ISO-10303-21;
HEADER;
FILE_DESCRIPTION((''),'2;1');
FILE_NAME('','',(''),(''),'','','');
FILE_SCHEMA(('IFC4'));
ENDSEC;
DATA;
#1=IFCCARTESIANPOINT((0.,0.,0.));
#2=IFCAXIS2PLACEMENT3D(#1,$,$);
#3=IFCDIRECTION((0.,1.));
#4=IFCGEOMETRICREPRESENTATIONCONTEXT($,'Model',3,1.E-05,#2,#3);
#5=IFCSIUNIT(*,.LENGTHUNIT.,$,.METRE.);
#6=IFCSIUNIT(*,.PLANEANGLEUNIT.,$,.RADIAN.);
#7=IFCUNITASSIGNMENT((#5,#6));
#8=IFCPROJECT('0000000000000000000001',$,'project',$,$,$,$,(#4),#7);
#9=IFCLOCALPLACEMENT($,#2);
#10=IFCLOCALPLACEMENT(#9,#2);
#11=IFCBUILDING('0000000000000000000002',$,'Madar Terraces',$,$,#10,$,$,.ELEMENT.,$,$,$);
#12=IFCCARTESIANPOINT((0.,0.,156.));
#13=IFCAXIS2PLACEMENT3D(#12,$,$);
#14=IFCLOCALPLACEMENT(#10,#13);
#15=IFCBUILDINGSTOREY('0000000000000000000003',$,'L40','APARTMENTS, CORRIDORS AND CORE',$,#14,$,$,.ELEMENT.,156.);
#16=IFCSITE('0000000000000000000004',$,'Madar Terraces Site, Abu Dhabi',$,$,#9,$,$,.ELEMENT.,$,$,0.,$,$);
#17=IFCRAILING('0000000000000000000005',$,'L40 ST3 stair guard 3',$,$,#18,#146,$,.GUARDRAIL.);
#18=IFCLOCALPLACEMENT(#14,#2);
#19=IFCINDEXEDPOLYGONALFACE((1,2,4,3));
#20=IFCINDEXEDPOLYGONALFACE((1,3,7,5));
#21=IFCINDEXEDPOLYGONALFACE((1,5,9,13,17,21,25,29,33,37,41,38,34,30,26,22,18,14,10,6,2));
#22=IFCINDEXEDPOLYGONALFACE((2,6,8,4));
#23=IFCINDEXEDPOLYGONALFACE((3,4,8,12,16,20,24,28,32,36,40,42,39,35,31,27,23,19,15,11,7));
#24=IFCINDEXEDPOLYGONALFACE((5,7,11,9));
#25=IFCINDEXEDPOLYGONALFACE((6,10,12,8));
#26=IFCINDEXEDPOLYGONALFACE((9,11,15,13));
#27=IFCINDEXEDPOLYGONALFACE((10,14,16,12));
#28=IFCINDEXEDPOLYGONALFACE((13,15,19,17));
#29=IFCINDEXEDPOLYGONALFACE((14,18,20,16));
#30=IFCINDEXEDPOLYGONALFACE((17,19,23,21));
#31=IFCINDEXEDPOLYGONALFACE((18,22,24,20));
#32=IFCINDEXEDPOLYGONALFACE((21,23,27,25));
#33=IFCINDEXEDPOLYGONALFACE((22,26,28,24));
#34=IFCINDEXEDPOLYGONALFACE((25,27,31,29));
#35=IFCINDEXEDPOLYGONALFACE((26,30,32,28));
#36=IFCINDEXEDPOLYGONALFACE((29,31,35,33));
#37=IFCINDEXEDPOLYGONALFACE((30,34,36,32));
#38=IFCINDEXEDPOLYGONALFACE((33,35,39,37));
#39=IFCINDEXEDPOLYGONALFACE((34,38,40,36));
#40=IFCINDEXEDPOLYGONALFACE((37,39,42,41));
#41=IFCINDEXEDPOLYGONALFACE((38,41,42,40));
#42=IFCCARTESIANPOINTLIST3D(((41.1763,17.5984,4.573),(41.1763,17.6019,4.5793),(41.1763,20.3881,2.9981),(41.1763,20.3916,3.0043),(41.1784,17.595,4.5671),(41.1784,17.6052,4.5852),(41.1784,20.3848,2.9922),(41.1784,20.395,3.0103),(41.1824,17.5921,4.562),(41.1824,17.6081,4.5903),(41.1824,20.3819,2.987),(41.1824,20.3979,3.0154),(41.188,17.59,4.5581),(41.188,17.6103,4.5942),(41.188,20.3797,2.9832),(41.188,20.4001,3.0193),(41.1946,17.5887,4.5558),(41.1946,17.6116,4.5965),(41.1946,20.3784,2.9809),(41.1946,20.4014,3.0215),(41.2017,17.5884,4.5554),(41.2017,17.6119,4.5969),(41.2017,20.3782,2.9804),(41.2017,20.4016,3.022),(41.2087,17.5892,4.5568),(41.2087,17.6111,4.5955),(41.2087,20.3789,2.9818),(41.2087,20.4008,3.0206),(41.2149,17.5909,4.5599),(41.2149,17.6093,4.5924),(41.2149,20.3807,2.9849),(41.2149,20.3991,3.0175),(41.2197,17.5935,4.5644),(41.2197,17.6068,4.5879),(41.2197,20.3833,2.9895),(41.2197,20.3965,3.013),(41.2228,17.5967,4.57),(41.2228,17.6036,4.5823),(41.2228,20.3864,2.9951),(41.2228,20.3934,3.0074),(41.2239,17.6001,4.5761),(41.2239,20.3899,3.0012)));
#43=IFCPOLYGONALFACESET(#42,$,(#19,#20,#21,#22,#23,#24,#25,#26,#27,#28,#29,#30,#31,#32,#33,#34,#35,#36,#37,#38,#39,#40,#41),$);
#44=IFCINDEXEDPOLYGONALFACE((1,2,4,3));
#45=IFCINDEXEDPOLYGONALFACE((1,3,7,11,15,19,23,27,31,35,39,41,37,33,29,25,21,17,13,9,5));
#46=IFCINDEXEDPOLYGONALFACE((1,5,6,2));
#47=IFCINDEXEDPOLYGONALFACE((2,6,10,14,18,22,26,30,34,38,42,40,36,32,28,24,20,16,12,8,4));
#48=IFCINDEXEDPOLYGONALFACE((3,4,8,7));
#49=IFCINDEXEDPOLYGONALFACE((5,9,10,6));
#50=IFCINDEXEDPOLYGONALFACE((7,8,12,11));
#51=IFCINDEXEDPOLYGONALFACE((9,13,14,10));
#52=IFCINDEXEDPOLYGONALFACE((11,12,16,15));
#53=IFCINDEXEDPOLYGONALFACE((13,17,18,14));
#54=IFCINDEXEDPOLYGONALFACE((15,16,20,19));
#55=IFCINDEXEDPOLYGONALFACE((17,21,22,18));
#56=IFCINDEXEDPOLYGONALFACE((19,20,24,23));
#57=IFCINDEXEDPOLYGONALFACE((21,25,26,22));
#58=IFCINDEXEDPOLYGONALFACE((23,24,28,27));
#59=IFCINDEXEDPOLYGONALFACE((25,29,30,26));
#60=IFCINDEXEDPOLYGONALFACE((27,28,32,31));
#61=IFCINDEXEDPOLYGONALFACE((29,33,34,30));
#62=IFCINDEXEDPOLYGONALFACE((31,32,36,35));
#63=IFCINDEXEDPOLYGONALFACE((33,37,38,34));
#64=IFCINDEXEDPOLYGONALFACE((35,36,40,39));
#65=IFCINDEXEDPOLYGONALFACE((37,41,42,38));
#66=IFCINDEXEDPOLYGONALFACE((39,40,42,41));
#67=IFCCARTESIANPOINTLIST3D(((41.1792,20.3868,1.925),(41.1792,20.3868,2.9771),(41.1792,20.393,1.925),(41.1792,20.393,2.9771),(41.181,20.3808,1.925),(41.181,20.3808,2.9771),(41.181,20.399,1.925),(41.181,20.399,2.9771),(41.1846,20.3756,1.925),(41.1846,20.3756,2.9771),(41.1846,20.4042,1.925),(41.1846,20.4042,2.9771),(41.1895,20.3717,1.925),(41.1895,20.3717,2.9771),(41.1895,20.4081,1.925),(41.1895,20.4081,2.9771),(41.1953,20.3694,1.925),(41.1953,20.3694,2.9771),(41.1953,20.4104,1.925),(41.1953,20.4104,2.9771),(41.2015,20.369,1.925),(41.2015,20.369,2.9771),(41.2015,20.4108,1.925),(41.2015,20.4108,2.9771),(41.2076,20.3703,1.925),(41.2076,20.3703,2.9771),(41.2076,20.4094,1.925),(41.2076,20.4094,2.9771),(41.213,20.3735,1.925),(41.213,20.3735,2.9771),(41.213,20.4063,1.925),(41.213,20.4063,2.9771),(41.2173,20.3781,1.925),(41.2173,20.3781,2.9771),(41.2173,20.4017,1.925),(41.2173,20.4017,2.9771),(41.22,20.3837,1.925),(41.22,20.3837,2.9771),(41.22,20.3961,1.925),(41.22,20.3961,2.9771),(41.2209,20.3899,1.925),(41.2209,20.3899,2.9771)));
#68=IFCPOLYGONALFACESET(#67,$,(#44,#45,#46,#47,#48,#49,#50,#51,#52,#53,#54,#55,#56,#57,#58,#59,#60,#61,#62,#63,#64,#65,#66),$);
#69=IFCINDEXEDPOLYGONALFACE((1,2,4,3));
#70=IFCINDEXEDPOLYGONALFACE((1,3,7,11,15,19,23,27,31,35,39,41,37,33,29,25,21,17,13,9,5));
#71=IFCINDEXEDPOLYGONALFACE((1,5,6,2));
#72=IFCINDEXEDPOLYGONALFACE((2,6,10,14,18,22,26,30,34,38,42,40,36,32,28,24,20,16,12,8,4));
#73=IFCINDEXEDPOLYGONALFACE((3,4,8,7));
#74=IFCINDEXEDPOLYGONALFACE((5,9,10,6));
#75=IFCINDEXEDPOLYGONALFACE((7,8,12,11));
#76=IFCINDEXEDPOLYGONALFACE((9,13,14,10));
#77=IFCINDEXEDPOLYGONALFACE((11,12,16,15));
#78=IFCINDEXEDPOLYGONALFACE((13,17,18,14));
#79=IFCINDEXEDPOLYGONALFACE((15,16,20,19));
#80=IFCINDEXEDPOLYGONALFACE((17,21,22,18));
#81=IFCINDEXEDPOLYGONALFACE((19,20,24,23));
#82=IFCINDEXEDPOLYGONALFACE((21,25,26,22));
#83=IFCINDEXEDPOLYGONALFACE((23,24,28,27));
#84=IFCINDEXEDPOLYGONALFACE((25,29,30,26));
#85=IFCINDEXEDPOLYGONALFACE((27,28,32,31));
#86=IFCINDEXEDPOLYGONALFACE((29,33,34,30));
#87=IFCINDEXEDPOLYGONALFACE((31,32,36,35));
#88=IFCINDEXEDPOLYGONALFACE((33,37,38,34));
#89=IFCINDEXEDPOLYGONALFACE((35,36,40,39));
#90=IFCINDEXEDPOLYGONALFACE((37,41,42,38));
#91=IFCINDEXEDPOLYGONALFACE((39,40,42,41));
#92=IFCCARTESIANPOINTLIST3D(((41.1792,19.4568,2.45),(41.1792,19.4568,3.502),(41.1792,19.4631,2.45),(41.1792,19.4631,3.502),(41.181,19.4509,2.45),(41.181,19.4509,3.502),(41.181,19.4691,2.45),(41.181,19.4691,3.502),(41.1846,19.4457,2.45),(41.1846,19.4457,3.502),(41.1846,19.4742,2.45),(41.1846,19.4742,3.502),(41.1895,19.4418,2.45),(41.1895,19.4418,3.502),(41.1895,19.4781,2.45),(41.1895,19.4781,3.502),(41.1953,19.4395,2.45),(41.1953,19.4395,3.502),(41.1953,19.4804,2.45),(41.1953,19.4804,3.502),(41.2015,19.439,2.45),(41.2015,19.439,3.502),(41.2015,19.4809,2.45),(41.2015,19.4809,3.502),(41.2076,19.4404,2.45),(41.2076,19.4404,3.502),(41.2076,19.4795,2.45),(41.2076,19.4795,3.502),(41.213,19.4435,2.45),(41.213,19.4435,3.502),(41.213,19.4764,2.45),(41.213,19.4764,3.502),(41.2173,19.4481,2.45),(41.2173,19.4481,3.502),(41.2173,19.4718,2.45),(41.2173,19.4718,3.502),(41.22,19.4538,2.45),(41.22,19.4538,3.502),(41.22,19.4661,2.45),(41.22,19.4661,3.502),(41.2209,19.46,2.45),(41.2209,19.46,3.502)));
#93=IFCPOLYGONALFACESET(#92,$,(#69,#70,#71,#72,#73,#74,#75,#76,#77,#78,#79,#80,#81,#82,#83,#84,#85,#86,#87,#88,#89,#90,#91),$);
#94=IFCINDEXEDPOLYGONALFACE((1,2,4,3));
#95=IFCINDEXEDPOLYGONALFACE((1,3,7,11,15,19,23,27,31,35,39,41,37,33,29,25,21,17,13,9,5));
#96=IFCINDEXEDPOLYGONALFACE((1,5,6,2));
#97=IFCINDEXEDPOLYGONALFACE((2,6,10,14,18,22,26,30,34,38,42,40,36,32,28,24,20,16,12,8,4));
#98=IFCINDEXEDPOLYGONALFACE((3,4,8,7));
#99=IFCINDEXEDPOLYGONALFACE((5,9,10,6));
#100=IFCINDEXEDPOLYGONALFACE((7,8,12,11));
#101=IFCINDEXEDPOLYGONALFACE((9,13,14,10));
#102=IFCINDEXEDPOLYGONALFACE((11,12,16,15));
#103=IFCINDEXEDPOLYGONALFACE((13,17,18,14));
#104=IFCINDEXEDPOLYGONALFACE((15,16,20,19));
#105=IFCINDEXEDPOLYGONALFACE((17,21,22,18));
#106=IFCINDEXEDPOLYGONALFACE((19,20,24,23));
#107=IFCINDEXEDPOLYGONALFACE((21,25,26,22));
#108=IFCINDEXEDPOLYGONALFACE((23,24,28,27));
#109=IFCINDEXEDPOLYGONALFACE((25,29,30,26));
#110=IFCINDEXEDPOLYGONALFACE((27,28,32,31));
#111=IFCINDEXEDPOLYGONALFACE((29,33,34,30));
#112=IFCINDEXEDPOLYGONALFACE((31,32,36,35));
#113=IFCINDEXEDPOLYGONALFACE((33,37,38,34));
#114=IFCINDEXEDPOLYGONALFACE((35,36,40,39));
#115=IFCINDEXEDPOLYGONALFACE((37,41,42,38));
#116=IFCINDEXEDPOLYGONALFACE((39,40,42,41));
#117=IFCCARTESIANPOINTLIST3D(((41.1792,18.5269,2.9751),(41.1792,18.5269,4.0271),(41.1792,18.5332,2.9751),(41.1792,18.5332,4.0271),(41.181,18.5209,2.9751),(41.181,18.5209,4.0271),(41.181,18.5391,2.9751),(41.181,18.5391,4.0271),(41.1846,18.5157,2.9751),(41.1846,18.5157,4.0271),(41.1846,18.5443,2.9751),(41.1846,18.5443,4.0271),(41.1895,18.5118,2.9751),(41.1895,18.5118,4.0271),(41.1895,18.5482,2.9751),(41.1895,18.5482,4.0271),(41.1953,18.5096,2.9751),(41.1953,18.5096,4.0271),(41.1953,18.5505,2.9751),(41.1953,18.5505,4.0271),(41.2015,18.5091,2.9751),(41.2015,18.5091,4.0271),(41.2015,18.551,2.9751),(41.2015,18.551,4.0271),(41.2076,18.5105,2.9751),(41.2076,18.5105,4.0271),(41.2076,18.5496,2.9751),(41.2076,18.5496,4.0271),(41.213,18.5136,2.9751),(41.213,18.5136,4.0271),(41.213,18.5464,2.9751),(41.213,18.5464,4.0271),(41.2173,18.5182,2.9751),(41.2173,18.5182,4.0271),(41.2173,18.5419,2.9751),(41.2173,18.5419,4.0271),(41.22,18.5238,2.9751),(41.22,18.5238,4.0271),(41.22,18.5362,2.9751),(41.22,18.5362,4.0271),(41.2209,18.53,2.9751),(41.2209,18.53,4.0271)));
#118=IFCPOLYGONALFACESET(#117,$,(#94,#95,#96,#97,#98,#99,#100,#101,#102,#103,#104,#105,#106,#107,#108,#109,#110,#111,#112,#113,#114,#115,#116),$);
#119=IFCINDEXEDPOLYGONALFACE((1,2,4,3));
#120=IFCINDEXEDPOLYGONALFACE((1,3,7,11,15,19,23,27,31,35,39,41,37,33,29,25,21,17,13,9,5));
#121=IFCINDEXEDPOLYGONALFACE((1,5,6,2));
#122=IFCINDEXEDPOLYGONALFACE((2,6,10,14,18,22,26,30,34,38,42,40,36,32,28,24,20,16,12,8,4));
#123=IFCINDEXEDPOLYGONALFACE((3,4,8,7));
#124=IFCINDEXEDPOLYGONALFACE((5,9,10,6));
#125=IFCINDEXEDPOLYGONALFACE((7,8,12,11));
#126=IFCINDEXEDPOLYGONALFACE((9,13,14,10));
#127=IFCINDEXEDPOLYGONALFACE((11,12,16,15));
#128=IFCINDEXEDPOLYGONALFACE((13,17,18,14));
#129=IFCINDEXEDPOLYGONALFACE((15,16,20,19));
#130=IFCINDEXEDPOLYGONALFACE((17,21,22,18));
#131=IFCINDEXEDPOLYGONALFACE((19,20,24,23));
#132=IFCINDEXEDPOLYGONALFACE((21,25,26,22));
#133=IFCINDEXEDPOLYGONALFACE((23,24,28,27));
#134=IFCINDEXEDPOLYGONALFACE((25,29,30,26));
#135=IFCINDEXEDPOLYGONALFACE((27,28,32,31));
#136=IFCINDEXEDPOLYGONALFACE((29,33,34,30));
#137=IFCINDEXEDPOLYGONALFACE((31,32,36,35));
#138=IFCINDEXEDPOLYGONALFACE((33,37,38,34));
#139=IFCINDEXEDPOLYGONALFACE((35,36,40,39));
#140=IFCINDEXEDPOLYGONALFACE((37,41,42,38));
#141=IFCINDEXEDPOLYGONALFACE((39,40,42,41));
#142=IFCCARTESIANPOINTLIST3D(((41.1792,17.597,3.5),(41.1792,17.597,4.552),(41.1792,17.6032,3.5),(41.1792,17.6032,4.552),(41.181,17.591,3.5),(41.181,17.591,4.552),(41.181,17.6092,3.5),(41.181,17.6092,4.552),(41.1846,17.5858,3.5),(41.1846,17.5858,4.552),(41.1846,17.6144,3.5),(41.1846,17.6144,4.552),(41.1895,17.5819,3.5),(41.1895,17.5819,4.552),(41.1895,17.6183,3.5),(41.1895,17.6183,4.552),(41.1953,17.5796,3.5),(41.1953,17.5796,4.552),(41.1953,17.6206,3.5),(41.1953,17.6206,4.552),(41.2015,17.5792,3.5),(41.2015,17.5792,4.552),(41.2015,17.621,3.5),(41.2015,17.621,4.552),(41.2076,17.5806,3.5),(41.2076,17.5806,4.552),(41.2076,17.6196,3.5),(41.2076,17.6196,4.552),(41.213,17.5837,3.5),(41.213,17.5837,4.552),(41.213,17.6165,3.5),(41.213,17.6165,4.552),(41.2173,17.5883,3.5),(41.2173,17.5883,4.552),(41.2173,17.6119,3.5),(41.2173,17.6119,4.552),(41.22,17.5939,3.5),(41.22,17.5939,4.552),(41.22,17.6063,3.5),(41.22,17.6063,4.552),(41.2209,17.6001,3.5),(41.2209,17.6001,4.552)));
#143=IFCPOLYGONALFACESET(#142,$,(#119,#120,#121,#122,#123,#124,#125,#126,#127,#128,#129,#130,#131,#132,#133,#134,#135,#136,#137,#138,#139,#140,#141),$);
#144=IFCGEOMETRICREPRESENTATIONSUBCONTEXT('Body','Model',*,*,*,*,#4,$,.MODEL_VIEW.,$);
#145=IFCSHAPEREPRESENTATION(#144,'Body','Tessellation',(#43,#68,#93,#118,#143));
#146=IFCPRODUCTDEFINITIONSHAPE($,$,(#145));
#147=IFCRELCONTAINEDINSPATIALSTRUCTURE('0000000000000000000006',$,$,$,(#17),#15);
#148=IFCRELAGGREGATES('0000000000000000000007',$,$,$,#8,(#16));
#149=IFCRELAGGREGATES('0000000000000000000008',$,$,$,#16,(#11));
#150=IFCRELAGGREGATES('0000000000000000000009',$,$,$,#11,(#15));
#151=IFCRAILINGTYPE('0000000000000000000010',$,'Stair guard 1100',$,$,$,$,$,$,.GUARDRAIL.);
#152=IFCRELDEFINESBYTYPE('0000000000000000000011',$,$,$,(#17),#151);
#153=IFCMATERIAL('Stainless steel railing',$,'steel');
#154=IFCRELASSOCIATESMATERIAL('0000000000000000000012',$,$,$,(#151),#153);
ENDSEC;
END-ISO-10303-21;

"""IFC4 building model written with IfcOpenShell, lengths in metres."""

from ifc_helpers import new_model, si_unit, direction, frame, origin, origin_2d, place, context, subcontext, project, spatial, circle, extrude, material, type_object, element, save


model = new_model("IFC4")

# Units and contexts
model_context = context("Model", 3, precision=1e-05, world=origin(), true_north=direction((0.0, 1.0)))
body_context = subcontext(model_context, "Body", "Model", "MODEL_VIEW")
ifc_project = project(units=[si_unit("LENGTHUNIT", "METRE"), si_unit("PLANEANGLEUNIT", "RADIAN")], contexts=[model_context])

# Site, building, storey
site_placement = place(None, origin())
site = spatial("IfcSite", under=ifc_project, at=site_placement, Name="Madar Terraces Site, Abu Dhabi", CompositionType="ELEMENT", RefElevation=0.0)
building_placement = place(site_placement, origin())
building = spatial("IfcBuilding", under=site, at=building_placement, Name="Madar Terraces", CompositionType="ELEMENT")
storey_placement = place(building_placement, frame((0.0, 0.0, 156.0)))
storey = spatial("IfcBuildingStorey", under=building, at=storey_placement, Name="L40", Description="APARTMENTS, CORRIDORS AND CORE", CompositionType="ELEMENT", Elevation=156.0)

# Railing
ifc_material_1 = material(Name="Stainless steel railing", Category="steel")
railing_type_1 = type_object("IfcRailingType", Name="Stair guard 1100", PredefinedType="GUARDRAIL", material=ifc_material_1)
railing_1_placement = place(storey_placement, frame((41.2, 20.3899, 1.925)))
element("IfcRailing", 1, at=railing_1_placement, inside=storey, type_object=railing_type_1, Name="L40 ST3 stair guard 3", PredefinedType="GUARDRAIL", context=body_context, shape_type="SweptSolid", body=[
    extrude(circle(Radius=0.0239, at=origin_2d()), frame((0.0, 0.0, 1.0762), z_axis=(0.0, -0.870815, 0.49161), x_axis=(1.0, 0.0, 0.0)), (0.0, 0.0, 1.0), 3.2036),
    extrude(circle(Radius=0.021, at=origin_2d()), origin(), (0.0, 0.0, 1.0), 1.052),
    extrude(circle(Radius=0.021, at=origin_2d()), frame((0.0, -0.9299, 0.5249)), (0.0, 0.0, 1.0), 1.052),
    extrude(circle(Radius=0.021, at=origin_2d()), frame((0.0, -1.8599, 1.05)), (0.0, 0.0, 1.0), 1.052),
    extrude(circle(Radius=0.021, at=origin_2d()), frame((0.0, -2.7898, 1.575)), (0.0, 0.0, 1.0), 1.052),
])

save(model, "model.ifc")
